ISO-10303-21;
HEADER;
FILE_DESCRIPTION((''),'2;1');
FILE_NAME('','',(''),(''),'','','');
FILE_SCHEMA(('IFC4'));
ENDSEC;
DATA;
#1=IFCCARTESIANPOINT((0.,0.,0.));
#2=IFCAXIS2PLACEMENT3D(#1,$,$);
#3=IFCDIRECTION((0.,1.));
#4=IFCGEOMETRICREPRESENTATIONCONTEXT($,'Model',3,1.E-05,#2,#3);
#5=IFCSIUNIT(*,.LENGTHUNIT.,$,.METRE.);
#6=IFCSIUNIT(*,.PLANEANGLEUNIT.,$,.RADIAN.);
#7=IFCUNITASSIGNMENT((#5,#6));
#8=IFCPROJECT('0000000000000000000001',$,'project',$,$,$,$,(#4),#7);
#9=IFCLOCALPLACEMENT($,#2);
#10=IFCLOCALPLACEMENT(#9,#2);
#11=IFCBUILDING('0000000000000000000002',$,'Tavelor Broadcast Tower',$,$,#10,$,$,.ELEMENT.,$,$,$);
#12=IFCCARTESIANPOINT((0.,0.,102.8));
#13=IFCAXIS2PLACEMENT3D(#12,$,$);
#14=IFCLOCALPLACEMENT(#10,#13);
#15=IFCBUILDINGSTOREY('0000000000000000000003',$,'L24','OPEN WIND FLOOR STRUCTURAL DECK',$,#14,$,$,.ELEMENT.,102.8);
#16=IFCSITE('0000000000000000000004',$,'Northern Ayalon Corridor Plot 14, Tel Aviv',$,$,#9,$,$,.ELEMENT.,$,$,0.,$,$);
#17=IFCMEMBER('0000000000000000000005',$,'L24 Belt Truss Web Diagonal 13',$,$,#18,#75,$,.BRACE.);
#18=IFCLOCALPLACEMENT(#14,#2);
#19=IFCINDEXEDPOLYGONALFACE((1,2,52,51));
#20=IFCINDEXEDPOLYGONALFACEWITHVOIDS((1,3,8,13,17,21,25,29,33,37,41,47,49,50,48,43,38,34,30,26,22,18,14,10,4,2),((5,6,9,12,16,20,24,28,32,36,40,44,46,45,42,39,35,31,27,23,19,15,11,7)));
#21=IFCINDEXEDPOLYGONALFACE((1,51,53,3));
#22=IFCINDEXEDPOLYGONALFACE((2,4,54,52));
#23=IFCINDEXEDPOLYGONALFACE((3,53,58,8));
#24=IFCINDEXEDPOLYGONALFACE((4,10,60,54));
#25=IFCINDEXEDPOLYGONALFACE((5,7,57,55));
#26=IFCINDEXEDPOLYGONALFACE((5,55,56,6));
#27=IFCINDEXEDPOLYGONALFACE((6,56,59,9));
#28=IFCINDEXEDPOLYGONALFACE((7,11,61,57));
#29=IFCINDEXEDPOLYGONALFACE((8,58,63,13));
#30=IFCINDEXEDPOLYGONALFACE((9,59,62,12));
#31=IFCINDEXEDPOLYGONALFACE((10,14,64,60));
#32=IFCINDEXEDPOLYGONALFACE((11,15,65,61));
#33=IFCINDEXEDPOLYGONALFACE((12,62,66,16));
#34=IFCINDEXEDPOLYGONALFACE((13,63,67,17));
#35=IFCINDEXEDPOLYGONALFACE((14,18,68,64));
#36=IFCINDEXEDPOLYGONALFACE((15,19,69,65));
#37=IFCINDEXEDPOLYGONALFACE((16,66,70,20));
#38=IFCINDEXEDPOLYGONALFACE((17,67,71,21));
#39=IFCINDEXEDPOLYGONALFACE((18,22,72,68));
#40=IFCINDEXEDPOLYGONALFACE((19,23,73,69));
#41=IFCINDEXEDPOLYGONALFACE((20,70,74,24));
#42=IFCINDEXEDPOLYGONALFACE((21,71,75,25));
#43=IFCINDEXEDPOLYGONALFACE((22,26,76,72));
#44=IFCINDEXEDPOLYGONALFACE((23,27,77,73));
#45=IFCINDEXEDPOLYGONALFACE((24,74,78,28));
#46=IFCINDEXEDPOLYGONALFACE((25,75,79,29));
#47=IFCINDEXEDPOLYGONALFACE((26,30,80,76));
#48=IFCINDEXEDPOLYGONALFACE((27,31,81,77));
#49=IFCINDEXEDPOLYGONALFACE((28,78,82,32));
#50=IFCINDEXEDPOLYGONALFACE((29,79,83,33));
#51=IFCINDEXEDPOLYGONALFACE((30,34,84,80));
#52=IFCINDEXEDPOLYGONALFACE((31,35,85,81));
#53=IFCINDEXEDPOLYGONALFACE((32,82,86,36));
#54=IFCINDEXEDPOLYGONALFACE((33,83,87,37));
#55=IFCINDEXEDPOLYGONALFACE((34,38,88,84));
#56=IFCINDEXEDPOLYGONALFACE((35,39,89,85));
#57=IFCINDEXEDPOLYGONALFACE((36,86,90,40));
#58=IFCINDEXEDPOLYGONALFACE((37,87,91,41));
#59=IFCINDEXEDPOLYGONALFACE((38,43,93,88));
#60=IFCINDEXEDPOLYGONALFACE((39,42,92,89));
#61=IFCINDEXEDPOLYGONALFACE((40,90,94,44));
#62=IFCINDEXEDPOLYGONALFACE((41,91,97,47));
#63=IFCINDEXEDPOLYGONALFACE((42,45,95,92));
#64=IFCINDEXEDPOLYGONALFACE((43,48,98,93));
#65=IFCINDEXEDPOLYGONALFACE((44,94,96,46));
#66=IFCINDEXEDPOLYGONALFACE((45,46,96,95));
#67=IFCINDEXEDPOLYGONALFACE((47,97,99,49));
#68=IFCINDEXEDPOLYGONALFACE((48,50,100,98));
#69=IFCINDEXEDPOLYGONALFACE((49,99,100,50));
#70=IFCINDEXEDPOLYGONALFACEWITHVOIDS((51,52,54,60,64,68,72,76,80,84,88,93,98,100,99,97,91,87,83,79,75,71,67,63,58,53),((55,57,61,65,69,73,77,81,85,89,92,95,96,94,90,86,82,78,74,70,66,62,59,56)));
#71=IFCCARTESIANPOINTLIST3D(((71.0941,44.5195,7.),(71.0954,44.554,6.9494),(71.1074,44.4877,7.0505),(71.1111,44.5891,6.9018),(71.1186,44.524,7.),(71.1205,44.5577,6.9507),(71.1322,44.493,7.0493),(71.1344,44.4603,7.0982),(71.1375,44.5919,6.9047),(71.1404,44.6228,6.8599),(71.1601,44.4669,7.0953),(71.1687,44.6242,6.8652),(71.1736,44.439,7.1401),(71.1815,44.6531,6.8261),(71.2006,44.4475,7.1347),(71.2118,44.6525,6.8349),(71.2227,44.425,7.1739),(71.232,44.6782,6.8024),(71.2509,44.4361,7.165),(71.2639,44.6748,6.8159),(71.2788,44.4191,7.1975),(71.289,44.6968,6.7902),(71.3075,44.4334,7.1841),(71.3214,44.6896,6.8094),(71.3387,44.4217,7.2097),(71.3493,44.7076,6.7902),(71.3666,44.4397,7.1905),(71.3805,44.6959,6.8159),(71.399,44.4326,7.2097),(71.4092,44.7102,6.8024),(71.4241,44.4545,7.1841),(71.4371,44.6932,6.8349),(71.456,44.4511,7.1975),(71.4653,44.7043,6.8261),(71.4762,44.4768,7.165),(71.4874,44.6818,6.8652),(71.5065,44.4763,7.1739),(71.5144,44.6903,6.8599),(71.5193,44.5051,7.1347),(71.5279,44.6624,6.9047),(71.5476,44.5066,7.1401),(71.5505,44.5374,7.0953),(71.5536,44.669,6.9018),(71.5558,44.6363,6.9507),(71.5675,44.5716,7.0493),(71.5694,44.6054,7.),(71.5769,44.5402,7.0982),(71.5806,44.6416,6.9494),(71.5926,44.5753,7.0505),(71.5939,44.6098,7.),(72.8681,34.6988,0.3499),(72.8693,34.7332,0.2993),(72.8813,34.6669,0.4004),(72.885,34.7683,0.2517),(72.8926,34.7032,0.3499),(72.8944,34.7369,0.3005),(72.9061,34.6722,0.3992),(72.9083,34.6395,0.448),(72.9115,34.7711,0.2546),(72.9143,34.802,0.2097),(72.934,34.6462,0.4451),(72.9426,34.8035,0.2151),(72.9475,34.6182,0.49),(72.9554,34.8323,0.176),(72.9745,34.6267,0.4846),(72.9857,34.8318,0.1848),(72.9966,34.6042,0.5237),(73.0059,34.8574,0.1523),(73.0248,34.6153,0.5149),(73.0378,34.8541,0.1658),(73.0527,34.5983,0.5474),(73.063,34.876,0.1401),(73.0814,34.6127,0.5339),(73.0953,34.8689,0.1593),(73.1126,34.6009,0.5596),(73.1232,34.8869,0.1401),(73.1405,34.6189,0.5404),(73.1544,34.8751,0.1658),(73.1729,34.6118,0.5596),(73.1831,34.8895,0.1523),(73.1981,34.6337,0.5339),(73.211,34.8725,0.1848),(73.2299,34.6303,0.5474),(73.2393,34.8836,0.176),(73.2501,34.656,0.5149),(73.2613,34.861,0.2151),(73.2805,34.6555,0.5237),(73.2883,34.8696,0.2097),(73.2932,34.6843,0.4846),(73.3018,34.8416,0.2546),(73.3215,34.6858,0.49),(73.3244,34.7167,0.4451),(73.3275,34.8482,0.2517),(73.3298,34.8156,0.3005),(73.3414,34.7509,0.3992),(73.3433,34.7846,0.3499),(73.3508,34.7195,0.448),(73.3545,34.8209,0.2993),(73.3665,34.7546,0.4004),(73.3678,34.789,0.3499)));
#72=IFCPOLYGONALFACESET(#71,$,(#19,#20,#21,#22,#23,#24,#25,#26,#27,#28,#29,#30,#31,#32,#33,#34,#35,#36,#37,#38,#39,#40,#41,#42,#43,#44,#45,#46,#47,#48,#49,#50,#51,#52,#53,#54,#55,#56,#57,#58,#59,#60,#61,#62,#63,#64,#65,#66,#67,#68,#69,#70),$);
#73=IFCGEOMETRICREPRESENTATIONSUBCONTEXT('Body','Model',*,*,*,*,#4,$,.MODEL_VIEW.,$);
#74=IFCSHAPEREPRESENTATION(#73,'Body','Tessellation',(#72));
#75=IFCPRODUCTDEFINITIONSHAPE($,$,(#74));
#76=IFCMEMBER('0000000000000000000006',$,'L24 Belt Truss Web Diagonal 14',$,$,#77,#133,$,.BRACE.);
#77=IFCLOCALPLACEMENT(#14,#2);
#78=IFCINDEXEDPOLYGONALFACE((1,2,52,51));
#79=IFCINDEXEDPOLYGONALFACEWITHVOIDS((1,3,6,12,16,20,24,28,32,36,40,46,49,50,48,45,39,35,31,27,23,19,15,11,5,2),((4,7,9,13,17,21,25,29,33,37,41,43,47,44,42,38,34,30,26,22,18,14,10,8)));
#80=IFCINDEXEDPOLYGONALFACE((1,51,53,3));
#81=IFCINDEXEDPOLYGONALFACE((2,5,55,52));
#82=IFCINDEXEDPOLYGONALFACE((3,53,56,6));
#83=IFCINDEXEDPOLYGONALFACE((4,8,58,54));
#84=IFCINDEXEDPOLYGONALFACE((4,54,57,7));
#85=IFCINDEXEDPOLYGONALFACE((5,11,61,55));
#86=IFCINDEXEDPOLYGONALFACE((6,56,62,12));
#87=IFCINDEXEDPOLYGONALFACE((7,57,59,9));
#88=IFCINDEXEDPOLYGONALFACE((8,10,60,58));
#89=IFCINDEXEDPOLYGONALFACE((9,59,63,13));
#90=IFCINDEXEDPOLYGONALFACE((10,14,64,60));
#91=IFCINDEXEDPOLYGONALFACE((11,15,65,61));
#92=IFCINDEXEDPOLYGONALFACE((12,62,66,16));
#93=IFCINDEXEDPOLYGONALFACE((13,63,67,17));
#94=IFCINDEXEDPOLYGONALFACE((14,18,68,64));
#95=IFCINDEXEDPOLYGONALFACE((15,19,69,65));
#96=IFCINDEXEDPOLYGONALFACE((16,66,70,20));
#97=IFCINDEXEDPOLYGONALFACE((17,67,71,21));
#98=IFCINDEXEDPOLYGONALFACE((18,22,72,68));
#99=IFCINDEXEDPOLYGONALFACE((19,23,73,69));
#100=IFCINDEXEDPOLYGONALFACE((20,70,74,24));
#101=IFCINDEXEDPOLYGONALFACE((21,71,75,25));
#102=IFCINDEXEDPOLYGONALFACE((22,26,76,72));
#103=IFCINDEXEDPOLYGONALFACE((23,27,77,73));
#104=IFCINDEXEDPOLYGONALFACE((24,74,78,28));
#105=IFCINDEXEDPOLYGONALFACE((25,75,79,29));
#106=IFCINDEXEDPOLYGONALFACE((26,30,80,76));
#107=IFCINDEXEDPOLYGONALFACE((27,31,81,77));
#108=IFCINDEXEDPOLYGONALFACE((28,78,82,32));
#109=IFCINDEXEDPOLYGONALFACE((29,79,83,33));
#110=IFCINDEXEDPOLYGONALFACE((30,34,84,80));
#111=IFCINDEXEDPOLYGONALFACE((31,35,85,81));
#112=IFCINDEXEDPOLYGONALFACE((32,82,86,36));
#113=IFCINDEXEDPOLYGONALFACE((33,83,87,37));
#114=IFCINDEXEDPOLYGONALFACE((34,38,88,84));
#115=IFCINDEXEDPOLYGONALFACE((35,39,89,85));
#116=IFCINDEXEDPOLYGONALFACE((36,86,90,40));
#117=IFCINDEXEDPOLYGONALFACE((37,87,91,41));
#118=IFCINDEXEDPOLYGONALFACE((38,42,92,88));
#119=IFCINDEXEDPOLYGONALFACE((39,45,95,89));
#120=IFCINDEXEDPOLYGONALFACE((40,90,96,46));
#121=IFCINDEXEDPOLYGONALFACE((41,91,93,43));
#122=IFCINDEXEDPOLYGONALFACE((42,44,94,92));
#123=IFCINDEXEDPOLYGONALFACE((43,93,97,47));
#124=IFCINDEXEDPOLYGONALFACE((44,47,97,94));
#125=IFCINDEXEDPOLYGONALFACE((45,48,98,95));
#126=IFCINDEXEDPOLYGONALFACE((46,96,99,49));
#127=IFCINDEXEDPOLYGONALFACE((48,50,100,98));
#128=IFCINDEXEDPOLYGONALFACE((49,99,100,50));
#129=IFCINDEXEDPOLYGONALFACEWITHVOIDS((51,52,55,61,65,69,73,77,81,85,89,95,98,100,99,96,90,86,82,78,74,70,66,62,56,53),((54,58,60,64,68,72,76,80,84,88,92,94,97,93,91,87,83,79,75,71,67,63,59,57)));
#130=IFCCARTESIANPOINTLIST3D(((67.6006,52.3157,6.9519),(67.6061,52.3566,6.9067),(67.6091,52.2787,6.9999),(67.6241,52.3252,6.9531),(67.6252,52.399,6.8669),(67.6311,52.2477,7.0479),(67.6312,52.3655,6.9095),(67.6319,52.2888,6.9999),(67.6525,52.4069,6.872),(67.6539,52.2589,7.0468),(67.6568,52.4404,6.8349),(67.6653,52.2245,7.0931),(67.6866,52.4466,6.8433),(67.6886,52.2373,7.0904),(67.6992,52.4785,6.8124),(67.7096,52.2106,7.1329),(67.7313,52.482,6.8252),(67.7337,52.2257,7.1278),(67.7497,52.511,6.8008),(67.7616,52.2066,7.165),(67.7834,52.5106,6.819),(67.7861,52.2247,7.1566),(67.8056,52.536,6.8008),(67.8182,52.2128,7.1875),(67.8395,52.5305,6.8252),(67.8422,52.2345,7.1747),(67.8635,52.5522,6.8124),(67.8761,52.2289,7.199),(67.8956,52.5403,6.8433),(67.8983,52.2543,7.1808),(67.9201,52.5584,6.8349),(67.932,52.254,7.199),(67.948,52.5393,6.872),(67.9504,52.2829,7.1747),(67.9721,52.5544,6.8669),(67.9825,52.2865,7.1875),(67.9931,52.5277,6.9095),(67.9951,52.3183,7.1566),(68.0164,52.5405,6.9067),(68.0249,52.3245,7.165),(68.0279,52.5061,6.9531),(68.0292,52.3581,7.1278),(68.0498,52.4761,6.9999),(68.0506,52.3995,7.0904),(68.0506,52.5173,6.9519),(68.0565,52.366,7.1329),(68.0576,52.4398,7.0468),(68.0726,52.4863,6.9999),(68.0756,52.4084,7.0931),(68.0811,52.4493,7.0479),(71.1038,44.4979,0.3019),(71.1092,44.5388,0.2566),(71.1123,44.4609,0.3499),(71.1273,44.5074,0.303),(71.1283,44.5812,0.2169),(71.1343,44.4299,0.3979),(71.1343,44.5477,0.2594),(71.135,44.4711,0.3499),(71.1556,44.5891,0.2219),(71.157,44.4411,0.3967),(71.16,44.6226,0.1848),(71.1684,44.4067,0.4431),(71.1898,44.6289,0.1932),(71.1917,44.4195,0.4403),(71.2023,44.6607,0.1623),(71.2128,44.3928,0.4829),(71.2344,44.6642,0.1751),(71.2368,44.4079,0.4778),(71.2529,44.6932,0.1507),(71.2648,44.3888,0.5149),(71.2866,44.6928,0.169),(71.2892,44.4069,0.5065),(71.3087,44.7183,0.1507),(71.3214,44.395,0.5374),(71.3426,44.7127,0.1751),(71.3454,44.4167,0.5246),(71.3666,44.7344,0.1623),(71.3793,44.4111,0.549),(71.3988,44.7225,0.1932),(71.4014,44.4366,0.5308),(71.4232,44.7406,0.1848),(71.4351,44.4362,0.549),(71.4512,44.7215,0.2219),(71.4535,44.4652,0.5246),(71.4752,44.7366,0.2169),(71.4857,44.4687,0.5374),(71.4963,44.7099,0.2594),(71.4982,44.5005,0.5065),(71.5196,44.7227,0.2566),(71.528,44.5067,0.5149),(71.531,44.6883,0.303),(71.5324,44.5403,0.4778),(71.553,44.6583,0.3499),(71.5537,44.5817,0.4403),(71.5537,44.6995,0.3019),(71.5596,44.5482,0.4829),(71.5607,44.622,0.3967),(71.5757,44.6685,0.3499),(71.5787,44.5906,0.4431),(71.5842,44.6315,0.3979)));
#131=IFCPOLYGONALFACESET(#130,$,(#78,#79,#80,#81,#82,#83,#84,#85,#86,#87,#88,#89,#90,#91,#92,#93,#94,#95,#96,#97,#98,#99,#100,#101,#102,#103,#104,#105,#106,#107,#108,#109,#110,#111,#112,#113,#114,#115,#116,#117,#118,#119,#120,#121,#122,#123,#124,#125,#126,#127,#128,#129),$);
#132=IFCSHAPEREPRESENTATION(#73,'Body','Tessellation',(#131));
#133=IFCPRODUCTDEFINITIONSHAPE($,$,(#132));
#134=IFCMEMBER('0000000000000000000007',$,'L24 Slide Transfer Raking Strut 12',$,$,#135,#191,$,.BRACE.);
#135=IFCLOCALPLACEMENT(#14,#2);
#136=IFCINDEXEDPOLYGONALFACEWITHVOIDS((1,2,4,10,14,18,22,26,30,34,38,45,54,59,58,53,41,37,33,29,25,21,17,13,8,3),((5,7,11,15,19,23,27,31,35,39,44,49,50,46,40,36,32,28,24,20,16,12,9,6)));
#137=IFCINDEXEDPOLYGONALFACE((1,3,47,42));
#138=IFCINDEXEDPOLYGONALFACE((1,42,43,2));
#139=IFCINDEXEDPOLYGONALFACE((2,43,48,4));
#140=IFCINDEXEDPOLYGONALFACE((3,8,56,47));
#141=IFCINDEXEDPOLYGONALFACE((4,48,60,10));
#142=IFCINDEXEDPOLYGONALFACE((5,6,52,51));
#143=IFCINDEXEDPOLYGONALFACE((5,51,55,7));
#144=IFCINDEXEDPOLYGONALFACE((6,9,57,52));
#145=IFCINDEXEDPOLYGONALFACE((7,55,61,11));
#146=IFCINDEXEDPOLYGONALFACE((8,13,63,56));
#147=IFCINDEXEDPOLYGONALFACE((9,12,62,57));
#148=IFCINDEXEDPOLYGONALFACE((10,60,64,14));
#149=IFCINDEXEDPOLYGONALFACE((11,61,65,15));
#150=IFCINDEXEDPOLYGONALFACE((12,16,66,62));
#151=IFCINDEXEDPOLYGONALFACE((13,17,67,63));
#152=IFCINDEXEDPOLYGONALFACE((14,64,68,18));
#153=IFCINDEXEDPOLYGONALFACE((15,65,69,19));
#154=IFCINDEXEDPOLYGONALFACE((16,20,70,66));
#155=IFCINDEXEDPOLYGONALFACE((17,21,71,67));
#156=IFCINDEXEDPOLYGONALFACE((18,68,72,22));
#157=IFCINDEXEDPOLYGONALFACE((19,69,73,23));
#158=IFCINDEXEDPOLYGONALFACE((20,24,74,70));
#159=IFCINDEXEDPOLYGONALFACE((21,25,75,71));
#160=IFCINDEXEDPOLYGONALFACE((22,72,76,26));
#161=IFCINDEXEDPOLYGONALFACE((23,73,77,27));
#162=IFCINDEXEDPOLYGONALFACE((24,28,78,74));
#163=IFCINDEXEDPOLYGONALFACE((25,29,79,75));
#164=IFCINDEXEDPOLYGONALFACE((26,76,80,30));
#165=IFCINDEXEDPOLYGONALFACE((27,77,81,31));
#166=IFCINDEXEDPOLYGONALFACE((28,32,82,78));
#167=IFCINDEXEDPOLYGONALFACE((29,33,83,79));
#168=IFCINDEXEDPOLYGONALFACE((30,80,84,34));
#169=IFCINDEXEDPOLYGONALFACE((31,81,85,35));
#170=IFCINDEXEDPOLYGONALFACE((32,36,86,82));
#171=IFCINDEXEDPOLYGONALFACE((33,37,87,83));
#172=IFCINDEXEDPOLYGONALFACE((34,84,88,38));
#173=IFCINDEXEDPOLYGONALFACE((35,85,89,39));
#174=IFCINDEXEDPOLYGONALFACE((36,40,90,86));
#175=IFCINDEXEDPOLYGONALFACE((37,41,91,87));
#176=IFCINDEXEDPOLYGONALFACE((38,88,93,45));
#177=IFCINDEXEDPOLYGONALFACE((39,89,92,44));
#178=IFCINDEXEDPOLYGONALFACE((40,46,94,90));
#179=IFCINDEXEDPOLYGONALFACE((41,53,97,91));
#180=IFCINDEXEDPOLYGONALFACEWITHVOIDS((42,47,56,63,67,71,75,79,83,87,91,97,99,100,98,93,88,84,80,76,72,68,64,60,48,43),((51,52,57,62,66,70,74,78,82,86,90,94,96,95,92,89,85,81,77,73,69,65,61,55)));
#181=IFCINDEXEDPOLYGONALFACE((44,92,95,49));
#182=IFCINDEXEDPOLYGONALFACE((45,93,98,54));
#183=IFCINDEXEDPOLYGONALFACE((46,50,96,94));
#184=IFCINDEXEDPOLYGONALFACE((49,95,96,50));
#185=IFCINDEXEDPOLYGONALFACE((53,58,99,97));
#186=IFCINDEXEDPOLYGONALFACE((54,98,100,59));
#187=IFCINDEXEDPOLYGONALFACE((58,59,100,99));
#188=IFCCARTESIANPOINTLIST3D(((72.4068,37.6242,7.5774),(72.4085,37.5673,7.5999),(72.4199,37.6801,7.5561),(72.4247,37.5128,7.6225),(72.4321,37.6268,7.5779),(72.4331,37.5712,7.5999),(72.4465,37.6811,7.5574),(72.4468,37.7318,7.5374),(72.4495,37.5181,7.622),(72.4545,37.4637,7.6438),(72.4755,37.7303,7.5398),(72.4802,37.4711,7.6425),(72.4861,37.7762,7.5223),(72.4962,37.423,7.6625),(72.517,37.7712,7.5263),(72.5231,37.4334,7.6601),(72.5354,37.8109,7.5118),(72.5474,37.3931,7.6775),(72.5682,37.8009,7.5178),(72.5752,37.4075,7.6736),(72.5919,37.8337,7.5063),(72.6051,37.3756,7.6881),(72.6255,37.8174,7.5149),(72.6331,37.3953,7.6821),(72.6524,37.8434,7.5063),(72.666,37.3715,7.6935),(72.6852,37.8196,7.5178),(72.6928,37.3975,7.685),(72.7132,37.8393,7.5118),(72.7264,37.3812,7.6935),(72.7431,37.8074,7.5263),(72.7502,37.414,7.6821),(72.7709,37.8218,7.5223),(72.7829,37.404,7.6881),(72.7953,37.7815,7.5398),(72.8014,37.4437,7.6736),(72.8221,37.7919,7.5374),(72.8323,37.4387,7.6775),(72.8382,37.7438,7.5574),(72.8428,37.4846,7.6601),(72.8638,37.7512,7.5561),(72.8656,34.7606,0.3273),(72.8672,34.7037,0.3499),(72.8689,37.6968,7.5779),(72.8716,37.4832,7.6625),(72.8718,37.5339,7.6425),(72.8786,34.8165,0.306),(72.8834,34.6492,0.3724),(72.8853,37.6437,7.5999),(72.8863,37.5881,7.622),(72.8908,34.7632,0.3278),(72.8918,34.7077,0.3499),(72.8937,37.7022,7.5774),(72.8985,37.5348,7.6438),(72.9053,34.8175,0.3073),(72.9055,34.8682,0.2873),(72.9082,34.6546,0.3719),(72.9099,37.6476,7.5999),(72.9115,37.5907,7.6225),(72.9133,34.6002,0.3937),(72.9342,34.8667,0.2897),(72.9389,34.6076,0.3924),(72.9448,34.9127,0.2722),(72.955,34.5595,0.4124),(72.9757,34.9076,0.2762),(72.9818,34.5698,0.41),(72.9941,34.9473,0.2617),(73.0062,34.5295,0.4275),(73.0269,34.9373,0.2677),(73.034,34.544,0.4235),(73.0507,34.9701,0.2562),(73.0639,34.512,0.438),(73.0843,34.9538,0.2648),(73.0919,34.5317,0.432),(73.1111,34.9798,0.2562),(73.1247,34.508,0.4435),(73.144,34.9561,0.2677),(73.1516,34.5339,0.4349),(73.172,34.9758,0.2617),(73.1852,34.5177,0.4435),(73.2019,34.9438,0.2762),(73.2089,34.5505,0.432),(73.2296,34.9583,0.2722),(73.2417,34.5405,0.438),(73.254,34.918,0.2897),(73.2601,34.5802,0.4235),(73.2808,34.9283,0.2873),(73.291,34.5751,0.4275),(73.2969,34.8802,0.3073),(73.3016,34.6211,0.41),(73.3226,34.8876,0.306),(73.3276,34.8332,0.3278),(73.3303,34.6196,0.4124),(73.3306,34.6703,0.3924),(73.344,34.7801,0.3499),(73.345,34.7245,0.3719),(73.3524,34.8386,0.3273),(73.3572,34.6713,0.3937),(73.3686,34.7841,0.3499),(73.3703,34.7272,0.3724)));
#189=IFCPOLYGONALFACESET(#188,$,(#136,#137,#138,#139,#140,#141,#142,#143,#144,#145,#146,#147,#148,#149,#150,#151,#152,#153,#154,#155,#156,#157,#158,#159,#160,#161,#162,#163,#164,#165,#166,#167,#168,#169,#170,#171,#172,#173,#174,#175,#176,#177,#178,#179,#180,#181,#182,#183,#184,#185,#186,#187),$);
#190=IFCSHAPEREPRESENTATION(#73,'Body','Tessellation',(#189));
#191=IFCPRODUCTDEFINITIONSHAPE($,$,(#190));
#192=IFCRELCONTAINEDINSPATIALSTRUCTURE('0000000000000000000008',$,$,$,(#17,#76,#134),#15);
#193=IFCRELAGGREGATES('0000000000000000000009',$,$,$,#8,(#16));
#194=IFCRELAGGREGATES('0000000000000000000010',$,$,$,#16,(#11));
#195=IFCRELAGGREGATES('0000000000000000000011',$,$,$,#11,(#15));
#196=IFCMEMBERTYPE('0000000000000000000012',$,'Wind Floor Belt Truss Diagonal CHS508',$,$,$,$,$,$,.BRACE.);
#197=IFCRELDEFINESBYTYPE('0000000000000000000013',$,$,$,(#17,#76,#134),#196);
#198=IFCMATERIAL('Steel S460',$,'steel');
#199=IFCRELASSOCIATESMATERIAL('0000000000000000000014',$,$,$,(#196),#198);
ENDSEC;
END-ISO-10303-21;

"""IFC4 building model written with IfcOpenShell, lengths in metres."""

from ifc_helpers import new_model, si_unit, direction, frame, origin, origin_2d, place, context, subcontext, project, spatial, hollow_circle, extrude, material, material_profile, profile_set, type_object, element, save


model = new_model("IFC4")

# Units and contexts
model_context = context("Model", 3, precision=1e-05, world=origin(), true_north=direction((0.0, 1.0)))
body_context = subcontext(model_context, "Body", "Model", "MODEL_VIEW")
ifc_project = project(units=[si_unit("LENGTHUNIT", "METRE"), si_unit("PLANEANGLEUNIT", "RADIAN")], contexts=[model_context])

# Site, building, storey
site_placement = place(None, origin())
site = spatial("IfcSite", under=ifc_project, at=site_placement, Name="Northern Ayalon Corridor Plot 14, Tel Aviv", CompositionType="ELEMENT", RefElevation=0.0)
building_placement = place(site_placement, origin())
building = spatial("IfcBuilding", under=site, at=building_placement, Name="Tavelor Broadcast Tower", CompositionType="ELEMENT")
storey_placement = place(building_placement, frame((0.0, 0.0, 102.8)))
storey = spatial("IfcBuildingStorey", under=building, at=storey_placement, Name="L24", Description="OPEN WIND FLOOR STRUCTURAL DECK", CompositionType="ELEMENT", Elevation=102.8)

# Shared definitions
ifc_material_1 = material(Name="Steel S460", Category="steel")

# Members
ifc_material_profile_1 = material_profile(ifc_material_1, hollow_circle(Radius=0.2539, WallThickness=0.0249, at=origin_2d()), Name="CHS 508x25")
ifc_profile_set_1 = profile_set([ifc_material_profile_1], Name="Steel S460")
member_type_1 = type_object("IfcMemberType", Name="Wind Floor Belt Truss Diagonal CHS508", PredefinedType="BRACE", material=ifc_profile_set_1)
member_1_placement = place(storey_placement, frame((73.1179, 34.7439, 0.3499), z_axis=(-0.14792, 0.818914, 0.554527), x_axis=(-0.984075, -0.177753, 0.0)))
element("IfcMember", 1, at=member_1_placement, inside=storey, type_object=member_type_1, Name="L24 Belt Truss Web Diagonal 13", PredefinedType="BRACE", context=body_context, shape_type="SweptSolid", body=[
    extrude(hollow_circle(Radius=0.2539, WallThickness=0.0249, at=origin_2d()), origin(), (0.0, 0.0, 1.0), 11.9924),
])
member_2_placement = place(storey_placement, frame((71.344, 44.5647, 0.3499), z_axis=(-0.32302, 0.720868, 0.613195), x_axis=(-0.91257, -0.408921, 0.0)))
element("IfcMember", 2, at=member_2_placement, inside=storey, type_object=member_type_1, Name="L24 Belt Truss Web Diagonal 14", PredefinedType="BRACE", context=body_context, shape_type="SweptSolid", body=[
    extrude(hollow_circle(Radius=0.2539, WallThickness=0.0249, at=origin_2d()), origin(), (0.0, 0.0, 1.0), 10.845),
])
member_3_placement = place(storey_placement, frame((73.1179, 34.7439, 0.3499), z_axis=(-0.058749, 0.366719, 0.928475), x_axis=(-0.98741, -0.158184, 0.0)))
element("IfcMember", 3, at=member_3_placement, inside=storey, type_object=member_type_1, Name="L24 Slide Transfer Raking Strut 12", PredefinedType="BRACE", context=body_context, shape_type="SweptSolid", body=[
    extrude(hollow_circle(Radius=0.2539, WallThickness=0.0249, at=origin_2d()), origin(), (0.0, 0.0, 1.0), 7.8086),
])

save(model, "model.ifc")
